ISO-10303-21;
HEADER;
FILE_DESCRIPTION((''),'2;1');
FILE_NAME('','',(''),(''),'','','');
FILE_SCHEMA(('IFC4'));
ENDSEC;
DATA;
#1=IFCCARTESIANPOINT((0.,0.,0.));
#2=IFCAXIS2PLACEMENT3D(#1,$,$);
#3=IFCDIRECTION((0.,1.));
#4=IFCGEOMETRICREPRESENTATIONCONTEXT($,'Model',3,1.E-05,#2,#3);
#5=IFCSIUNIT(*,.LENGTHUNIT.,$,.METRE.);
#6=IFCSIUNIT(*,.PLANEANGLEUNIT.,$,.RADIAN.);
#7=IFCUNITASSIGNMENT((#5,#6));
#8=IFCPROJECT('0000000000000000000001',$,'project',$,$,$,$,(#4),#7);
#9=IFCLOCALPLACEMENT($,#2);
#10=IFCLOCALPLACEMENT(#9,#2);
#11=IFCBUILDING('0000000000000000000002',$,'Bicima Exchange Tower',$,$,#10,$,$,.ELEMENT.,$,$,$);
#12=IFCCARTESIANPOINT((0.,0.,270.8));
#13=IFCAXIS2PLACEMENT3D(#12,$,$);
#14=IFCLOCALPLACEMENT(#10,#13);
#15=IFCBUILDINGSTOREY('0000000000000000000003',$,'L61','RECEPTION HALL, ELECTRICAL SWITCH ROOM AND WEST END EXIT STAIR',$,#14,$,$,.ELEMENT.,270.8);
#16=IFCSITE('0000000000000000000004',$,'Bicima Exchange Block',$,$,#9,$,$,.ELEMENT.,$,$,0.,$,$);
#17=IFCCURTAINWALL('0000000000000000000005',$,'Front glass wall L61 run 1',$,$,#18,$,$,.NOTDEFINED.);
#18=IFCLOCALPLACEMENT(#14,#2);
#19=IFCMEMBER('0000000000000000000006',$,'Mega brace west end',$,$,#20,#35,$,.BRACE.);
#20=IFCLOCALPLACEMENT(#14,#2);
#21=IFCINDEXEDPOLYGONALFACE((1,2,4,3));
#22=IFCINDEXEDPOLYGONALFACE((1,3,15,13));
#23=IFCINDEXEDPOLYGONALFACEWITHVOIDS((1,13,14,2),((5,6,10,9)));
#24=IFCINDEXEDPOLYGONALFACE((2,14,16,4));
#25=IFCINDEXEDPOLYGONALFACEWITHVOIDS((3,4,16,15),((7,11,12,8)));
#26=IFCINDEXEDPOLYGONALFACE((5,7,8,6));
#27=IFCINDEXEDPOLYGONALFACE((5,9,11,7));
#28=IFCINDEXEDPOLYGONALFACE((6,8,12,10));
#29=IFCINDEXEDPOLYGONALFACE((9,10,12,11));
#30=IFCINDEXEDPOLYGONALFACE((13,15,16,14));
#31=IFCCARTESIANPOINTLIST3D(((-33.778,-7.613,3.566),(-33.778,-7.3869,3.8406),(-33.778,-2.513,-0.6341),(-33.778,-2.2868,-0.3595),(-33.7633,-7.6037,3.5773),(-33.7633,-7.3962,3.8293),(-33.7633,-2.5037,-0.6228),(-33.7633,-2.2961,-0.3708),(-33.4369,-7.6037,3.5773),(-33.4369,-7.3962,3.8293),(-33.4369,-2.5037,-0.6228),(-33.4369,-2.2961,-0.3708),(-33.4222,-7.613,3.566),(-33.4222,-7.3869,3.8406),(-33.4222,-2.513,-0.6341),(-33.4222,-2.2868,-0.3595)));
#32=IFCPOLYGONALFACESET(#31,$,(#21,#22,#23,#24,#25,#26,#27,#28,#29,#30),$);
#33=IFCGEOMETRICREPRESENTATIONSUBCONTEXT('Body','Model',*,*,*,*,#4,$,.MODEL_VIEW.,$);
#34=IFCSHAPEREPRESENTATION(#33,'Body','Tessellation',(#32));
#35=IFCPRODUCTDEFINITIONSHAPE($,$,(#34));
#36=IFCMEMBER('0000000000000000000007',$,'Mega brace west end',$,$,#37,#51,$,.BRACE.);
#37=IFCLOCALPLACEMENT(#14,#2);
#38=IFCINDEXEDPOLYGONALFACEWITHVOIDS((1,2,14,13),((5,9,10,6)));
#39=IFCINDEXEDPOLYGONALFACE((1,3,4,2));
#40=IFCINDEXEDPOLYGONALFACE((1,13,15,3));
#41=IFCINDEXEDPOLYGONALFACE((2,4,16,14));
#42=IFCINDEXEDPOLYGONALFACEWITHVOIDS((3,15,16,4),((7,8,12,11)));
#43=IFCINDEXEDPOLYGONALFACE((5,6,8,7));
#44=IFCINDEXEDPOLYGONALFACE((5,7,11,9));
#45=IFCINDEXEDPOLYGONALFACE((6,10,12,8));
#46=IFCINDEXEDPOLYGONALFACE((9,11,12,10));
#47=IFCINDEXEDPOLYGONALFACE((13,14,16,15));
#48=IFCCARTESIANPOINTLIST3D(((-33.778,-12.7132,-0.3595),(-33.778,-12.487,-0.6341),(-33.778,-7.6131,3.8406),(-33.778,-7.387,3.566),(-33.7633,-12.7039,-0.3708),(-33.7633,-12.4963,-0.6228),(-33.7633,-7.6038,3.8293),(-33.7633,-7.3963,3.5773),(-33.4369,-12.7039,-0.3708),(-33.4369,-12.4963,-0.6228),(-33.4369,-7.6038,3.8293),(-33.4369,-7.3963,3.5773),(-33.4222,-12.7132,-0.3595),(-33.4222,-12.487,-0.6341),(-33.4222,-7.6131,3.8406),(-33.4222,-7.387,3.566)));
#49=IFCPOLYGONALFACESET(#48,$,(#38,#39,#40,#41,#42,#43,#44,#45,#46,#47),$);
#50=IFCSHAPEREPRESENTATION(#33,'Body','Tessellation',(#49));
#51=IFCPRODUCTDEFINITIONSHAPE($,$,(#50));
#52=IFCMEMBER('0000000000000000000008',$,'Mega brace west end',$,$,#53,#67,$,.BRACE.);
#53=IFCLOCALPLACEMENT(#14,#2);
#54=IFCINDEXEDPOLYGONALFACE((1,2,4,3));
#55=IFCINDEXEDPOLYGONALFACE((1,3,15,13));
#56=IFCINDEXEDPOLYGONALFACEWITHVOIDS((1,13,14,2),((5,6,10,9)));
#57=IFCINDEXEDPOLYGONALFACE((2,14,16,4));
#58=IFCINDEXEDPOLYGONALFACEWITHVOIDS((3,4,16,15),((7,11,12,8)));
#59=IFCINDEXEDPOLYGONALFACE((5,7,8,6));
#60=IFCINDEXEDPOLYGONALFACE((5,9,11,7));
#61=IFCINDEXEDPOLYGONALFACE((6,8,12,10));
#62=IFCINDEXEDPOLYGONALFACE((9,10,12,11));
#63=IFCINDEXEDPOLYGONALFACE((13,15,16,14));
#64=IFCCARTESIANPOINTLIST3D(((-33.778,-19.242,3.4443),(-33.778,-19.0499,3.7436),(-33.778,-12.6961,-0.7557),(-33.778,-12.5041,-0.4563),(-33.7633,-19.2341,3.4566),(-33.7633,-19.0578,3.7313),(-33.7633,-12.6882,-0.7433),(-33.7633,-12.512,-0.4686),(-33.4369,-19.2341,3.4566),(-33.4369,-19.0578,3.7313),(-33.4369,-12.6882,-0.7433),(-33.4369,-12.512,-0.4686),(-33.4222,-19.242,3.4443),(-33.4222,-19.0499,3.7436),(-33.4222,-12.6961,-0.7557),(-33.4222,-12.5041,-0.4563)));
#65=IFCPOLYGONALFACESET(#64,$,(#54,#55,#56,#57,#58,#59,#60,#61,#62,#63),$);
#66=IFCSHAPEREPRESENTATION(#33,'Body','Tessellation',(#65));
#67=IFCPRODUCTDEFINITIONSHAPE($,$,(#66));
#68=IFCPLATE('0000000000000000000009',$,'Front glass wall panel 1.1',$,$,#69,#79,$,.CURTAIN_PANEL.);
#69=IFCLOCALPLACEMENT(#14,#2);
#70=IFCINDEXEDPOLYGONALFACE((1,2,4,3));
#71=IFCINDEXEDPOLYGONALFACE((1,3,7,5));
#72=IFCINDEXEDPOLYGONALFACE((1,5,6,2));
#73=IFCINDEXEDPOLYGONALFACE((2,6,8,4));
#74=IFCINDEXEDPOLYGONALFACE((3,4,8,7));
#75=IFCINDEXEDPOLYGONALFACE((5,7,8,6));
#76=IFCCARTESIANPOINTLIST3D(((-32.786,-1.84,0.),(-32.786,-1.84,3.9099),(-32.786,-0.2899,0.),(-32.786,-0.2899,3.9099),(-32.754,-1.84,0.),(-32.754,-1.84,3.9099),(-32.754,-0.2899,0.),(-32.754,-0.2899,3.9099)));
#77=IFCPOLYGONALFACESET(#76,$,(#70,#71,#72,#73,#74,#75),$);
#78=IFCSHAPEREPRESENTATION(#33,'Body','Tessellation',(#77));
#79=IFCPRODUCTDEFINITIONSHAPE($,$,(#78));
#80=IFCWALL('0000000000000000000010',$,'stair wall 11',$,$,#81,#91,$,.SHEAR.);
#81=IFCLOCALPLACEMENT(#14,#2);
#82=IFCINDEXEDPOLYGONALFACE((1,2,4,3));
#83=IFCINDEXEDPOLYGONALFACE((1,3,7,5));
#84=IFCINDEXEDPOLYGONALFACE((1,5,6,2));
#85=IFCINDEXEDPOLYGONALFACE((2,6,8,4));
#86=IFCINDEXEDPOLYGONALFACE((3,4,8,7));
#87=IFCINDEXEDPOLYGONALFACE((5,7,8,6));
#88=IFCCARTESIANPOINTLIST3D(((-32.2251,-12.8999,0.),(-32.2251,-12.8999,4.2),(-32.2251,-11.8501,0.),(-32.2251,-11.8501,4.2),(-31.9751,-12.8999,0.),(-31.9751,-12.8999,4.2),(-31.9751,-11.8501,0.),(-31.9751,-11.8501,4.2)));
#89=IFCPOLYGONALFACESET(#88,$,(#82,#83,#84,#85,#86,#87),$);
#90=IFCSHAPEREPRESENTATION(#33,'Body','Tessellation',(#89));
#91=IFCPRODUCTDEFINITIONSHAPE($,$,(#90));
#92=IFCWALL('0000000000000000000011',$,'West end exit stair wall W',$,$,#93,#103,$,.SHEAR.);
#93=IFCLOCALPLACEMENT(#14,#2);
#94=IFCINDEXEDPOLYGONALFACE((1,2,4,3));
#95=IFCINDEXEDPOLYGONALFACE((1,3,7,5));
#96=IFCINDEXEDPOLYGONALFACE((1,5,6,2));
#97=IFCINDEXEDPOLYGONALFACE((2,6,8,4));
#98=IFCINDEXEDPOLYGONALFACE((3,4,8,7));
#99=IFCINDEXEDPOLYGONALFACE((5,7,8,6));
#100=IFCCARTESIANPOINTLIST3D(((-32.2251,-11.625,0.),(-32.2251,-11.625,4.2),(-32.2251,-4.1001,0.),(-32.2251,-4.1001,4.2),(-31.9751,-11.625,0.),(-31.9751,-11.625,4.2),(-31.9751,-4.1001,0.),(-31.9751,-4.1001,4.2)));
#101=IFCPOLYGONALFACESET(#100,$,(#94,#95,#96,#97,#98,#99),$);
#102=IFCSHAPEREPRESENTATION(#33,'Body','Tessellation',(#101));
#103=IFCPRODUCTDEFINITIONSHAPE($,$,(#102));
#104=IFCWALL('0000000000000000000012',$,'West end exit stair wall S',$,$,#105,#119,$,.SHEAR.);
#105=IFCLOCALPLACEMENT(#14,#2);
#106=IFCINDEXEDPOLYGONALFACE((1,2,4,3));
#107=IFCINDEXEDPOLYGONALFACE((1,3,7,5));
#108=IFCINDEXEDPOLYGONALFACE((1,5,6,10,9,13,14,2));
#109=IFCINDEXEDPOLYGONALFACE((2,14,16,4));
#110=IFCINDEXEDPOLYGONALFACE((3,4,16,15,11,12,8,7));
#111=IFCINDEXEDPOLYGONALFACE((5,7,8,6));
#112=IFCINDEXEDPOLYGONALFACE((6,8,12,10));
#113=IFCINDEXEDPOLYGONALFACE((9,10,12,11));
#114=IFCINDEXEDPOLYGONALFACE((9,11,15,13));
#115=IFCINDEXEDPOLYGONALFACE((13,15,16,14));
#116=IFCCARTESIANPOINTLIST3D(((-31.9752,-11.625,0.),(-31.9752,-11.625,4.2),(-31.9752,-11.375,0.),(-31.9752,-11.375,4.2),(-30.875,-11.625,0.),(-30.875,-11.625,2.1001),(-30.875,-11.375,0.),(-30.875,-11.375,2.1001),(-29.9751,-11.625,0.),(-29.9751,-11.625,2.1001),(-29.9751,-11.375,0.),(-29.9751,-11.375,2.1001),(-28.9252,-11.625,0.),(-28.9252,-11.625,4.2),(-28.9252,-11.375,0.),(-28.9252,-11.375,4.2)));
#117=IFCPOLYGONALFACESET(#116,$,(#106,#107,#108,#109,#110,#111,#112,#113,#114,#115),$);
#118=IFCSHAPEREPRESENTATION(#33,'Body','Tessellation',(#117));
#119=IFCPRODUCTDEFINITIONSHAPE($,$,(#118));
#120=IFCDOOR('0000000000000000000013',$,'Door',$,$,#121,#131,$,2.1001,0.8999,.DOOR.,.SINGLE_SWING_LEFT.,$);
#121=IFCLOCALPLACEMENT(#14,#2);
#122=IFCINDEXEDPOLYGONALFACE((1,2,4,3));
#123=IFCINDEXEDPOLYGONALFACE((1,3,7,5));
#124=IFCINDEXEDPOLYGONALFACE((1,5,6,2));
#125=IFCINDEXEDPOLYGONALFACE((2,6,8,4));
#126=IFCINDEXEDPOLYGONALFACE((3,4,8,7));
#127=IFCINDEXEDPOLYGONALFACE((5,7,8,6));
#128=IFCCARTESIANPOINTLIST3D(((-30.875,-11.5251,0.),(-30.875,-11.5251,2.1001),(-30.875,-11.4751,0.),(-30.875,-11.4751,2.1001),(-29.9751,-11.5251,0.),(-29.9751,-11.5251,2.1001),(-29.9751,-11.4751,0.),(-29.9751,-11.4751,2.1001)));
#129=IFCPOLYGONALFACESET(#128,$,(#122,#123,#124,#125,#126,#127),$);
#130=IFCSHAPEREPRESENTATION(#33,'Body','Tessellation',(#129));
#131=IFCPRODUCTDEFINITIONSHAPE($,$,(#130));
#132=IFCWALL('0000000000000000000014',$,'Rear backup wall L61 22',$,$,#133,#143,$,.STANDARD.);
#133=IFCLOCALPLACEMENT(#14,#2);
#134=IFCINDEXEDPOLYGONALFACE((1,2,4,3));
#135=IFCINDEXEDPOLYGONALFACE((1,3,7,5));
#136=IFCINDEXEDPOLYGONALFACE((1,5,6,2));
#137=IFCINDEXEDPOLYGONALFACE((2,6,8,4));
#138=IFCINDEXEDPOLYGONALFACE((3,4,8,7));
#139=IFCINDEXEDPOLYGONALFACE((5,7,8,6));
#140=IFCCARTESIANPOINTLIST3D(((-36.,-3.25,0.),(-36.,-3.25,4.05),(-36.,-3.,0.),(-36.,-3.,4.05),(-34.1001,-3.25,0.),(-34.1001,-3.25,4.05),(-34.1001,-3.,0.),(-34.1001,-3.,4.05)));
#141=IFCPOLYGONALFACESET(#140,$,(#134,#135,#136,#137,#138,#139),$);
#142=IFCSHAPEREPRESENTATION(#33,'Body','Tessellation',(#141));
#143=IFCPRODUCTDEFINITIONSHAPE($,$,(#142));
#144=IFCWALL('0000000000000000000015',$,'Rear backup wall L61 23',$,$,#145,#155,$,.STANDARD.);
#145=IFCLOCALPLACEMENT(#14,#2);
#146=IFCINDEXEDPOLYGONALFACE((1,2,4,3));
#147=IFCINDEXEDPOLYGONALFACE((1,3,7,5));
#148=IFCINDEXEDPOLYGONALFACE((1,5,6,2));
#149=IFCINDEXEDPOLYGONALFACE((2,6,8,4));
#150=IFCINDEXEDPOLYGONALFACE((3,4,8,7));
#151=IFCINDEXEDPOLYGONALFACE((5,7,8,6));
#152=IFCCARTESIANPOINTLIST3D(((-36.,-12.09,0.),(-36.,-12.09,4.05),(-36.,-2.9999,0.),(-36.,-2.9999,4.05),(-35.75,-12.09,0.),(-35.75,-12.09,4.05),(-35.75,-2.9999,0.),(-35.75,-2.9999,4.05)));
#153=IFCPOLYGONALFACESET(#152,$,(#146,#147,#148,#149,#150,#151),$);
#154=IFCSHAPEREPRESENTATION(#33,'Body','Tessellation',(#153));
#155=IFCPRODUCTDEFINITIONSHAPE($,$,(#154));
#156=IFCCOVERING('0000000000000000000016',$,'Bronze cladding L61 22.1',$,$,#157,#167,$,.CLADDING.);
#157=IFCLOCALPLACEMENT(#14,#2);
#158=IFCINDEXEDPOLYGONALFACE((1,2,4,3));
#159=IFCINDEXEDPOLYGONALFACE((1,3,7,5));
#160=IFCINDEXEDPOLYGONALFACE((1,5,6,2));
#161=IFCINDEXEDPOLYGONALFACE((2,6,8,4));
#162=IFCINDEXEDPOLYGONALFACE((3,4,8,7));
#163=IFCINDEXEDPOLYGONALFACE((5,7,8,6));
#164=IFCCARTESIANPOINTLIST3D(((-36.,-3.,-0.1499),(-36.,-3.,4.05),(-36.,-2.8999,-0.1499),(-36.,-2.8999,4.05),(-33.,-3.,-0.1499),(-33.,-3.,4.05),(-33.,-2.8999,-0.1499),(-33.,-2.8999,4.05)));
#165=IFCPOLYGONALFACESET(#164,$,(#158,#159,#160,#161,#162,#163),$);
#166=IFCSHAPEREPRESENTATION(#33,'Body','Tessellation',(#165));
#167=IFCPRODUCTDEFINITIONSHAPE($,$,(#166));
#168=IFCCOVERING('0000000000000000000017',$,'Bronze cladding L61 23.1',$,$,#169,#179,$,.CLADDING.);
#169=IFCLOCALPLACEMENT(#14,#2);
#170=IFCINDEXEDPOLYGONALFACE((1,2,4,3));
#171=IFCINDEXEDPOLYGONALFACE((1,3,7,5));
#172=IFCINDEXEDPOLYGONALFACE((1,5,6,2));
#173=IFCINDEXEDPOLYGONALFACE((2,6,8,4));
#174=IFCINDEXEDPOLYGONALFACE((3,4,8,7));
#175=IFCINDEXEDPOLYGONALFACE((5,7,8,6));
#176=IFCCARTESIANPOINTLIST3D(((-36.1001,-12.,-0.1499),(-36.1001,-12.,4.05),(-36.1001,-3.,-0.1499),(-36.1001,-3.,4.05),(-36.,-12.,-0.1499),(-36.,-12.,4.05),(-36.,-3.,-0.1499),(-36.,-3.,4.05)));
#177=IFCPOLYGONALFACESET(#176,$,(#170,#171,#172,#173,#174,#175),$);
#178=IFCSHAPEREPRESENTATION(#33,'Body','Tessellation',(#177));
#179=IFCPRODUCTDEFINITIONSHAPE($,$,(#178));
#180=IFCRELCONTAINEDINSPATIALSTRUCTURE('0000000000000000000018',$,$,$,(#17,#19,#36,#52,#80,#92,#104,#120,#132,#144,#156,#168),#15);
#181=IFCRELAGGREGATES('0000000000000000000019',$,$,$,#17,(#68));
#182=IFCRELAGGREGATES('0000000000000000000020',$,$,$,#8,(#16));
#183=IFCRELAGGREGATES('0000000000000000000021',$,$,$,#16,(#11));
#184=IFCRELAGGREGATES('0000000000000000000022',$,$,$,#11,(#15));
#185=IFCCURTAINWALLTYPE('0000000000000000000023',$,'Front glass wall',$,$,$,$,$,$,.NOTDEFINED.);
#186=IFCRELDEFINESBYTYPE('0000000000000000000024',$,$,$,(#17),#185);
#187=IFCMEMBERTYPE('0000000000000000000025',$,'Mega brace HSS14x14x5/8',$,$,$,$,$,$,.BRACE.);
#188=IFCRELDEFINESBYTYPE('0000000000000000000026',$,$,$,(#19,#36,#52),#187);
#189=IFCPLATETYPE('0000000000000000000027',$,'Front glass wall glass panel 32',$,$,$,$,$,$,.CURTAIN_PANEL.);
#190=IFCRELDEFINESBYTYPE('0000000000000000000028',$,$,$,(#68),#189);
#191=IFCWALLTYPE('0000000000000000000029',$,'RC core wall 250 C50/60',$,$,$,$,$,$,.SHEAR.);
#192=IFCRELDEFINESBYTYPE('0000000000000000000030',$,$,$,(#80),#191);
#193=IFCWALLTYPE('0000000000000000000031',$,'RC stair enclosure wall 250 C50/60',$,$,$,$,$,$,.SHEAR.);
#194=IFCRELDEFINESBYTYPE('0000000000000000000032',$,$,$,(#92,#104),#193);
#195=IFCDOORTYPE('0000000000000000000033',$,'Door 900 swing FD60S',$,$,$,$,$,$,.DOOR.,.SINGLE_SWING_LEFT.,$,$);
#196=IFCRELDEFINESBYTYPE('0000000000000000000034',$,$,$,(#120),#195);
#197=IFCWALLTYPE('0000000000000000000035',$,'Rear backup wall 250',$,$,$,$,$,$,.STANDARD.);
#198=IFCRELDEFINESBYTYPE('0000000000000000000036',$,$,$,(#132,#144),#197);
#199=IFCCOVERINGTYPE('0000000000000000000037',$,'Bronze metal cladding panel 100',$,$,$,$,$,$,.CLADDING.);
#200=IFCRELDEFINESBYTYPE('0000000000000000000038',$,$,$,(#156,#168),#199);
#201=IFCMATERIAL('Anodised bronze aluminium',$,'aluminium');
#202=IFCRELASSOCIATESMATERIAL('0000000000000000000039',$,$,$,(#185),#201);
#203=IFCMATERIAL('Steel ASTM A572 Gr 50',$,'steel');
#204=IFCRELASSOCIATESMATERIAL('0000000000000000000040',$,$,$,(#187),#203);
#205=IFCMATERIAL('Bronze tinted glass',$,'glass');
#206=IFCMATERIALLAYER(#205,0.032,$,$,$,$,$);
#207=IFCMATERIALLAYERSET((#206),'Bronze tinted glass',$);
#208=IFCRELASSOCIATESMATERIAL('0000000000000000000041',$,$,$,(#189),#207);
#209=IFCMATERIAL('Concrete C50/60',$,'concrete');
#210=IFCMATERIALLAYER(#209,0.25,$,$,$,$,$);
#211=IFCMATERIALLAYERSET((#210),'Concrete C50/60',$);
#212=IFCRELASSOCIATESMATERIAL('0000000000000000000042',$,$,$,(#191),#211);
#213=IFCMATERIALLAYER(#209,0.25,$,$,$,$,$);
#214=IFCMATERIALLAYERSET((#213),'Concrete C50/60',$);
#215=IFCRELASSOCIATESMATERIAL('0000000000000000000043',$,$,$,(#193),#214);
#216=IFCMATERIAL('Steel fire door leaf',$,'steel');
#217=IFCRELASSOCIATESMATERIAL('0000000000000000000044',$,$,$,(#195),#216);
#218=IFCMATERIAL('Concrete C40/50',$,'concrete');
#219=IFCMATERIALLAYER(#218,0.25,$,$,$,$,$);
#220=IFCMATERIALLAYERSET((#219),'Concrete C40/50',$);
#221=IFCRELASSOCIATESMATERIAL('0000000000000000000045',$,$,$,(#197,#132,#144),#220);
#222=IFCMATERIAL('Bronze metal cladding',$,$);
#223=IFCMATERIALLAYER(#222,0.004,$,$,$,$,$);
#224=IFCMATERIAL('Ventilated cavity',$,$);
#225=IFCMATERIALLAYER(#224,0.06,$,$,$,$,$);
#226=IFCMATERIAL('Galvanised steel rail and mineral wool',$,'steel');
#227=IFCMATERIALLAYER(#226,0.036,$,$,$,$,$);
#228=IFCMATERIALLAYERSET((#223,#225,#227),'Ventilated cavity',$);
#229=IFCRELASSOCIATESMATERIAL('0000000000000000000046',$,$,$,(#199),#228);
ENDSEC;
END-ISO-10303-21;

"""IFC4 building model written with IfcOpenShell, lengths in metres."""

from ifc_helpers import new_model, si_unit, direction, frame, frame_2d, origin, origin_2d, place, context, subcontext, project, spatial, rectangle, hollow_rectangle, extrude, material, layer, layer_set, layer_usage, material_profile, profile_set, type_object, element, fill, aggregate, save


model = new_model("IFC4")

# Units and contexts
model_context = context("Model", 3, precision=1e-05, world=origin(), true_north=direction((0.0, 1.0)))
body_context = subcontext(model_context, "Body", "Model", "MODEL_VIEW")
ifc_project = project(units=[si_unit("LENGTHUNIT", "METRE"), si_unit("PLANEANGLEUNIT", "RADIAN")], contexts=[model_context])

# Site, building, storey
site_placement = place(None, origin())
site = spatial("IfcSite", under=ifc_project, at=site_placement, Name="Bicima Exchange Block", CompositionType="ELEMENT", RefElevation=0.0)
building_placement = place(site_placement, origin())
building = spatial("IfcBuilding", under=site, at=building_placement, Name="Bicima Exchange Tower", CompositionType="ELEMENT")
storey_placement = place(building_placement, frame((0.0, 0.0, 270.8)))
storey = spatial("IfcBuildingStorey", under=building, at=storey_placement, Name="L61", Description="RECEPTION HALL, ELECTRICAL SWITCH ROOM AND WEST END EXIT STAIR", CompositionType="ELEMENT", Elevation=270.8)

# Shared definitions
ifc_material_1 = material(Name="Steel ASTM A572 Gr 50", Category="steel")

# Shared definitions
ifc_material_2 = material(Name="Anodised bronze aluminium", Category="aluminium")

# Curtain wall
curtain_wall_type_1 = type_object("IfcCurtainWallType", Name="Front glass wall", PredefinedType="NOTDEFINED", material=ifc_material_2)
curtain_wall_1_placement = place(storey_placement, origin())
curtain_wall_1 = element("IfcCurtainWall", 1, at=curtain_wall_1_placement, inside=storey, type_object=curtain_wall_type_1, Name="Front glass wall L61 run 1", PredefinedType="NOTDEFINED")

# Members
ifc_material_profile_1 = material_profile(ifc_material_1, hollow_rectangle(XDim=0.3557, YDim=0.3557, WallThickness=0.0146, at=origin_2d()))
ifc_profile_set_1 = profile_set([ifc_material_profile_1], Name="Steel ASTM A572 Gr 50")
member_type_1 = type_object("IfcMemberType", Name="Mega brace HSS14x14x5/8", PredefinedType="BRACE", material=ifc_profile_set_1)
for number, where, z_axis, x_axis, name in (
    (2, (-33.6001, -2.3999, -0.4968), (0.0, -0.771922, 0.635718), (1.0, 0.0, 0.0), "Mega brace west end"),
    (3, (-33.6001, -12.6001, -0.4968), (0.0, 0.771922, 0.635718), (-1.0, 0.0, 0.0), "Mega brace west end"),
):
    element("IfcMember", number, at=place(storey_placement, frame(where, z_axis=z_axis, x_axis=x_axis)), inside=storey, type_object=member_type_1, Name=name, PredefinedType="BRACE", context=body_context, shape_type="SweptSolid", body=[
        extrude(hollow_rectangle(XDim=0.3557, YDim=0.3557, WallThickness=0.0146, at=origin_2d()), origin(), (0.0, 0.0, 1.0), 6.6069),
    ])
member_1_placement = place(storey_placement, frame((-33.6001, -12.6001, -0.606), z_axis=(0.0, -0.841653, 0.540018), x_axis=(1.0, 0.0, 0.0)))
element("IfcMember", 4, at=member_1_placement, inside=storey, type_object=member_type_1, Name="Mega brace west end", PredefinedType="BRACE", context=body_context, shape_type="SweptSolid", body=[
    extrude(hollow_rectangle(XDim=0.3557, YDim=0.3557, WallThickness=0.0146, at=origin_2d()), origin(), (0.0, 0.0, 1.0), 7.7773),
])

# Plate
ifc_material_3 = material(Name="Bronze tinted glass", Category="glass")
ifc_layer_1 = layer(ifc_material_3, 0.032)
ifc_layer_set_1 = layer_set([ifc_layer_1], Name="Bronze tinted glass")
plate_type = type_object("IfcPlateType", Name="Front glass wall glass panel 32", PredefinedType="CURTAIN_PANEL", material=ifc_layer_set_1)
plate_placement = place(storey_placement, frame((-32.77, -1.0649, 0.0), z_axis=(0.0, 0.0, 1.0), x_axis=(0.0, -1.0, 0.0)))
plate = element("IfcPlate", 5, at=plate_placement, type_object=plate_type, Name="Front glass wall panel 1.1", PredefinedType="CURTAIN_PANEL", context=body_context, shape_type="SweptSolid", body=[
    extrude(rectangle(XDim=1.55, YDim=0.032, at=origin_2d()), origin(), (0.0, 0.0, 1.0), 3.9099),
])
aggregate(curtain_wall_1, [plate])

# Walls
ifc_material_4 = material(Name="Concrete C50/60", Category="concrete")
ifc_layer_2 = layer(ifc_material_4, 0.25)
ifc_layer_set_2 = layer_set([ifc_layer_2], Name="Concrete C50/60")
wall_type_1 = type_object("IfcWallType", Name="RC core wall 250 C50/60", PredefinedType="SHEAR", material=ifc_layer_set_2)
wall_1_placement = place(storey_placement, frame((-32.1001, -12.8999, 0.0), z_axis=(0.0, 0.0, 1.0), x_axis=(0.0, 1.0, 0.0)))
element("IfcWall", 6, at=wall_1_placement, inside=storey, type_object=wall_type_1, Name="stair wall 11", PredefinedType="SHEAR", context=body_context, shape_type="SweptSolid", body=[
    extrude(rectangle(XDim=1.0498, YDim=0.25, at=frame_2d((0.5249, 0.0))), origin(), (0.0, 0.0, 1.0), 4.2),
])
ifc_layer_3 = layer(ifc_material_4, 0.25)
ifc_layer_set_3 = layer_set([ifc_layer_3], Name="Concrete C50/60")
wall_type_2 = type_object("IfcWallType", Name="RC stair enclosure wall 250 C50/60", PredefinedType="SHEAR", material=ifc_layer_set_3)
wall_2_placement = place(storey_placement, frame((-32.1001, -11.625, 0.0), z_axis=(0.0, 0.0, 1.0), x_axis=(0.0, 1.0, 0.0)))
element("IfcWall", 7, at=wall_2_placement, inside=storey, type_object=wall_type_2, Name="West end exit stair wall W", PredefinedType="SHEAR", context=body_context, shape_type="SweptSolid", body=[
    extrude(rectangle(XDim=7.5249, YDim=0.25, at=frame_2d((3.7625, 0.0))), origin(), (0.0, 0.0, 1.0), 4.2),
])

# Wall, opening, door
wall_3_placement = place(storey_placement, frame((-31.9751, -11.5, 0.0), z_axis=(0.0, 0.0, 1.0), x_axis=(1.0, 0.0, 0.0)))
wall_3 = element("IfcWall", 8, at=wall_3_placement, inside=storey, type_object=wall_type_2, Name="West end exit stair wall S", PredefinedType="SHEAR", context=body_context, shape_type="SweptSolid", body=[
    extrude(rectangle(XDim=3.05, YDim=0.25, at=frame_2d((1.5249, 0.0))), origin(), (0.0, 0.0, 1.0), 4.2),
])
opening_placement = place(wall_3_placement, frame((1.1001, 0.0, 0.0)))
opening = element("IfcOpeningElement", 9, at=opening_placement, cuts=wall_3, PredefinedType="OPENING", context=body_context, shape_type="SweptSolid", body=[
    extrude(rectangle(XDim=0.8999, YDim=2.1001, at=frame_2d((0.45, 1.05))), frame((0.0, 0.137, 0.0), z_axis=(0.0, -1.0, 0.0), x_axis=(1.0, 0.0, 0.0)), (0.0, 0.0, 1.0), 0.2739),
])
ifc_material_5 = material(Name="Steel fire door leaf", Category="steel")
door_type = type_object("IfcDoorType", Name="Door 900 swing FD60S", OperationType="SINGLE_SWING_LEFT", PredefinedType="DOOR", material=ifc_material_5)
door_placement = place(opening_placement, origin())
door = element("IfcDoor", 10, at=door_placement, inside=storey, type_object=door_type, Name="Door", OperationType="SINGLE_SWING_LEFT", OverallHeight=2.1001, OverallWidth=0.8999, PredefinedType="DOOR", context=body_context, shape_type="SweptSolid", body=[
    extrude(rectangle(XDim=0.8999, YDim=2.1001, at=frame_2d((0.45, 1.05))), frame((0.0, 0.0249, 0.0), z_axis=(0.0, -1.0, 0.0), x_axis=(1.0, 0.0, 0.0)), (0.0, 0.0, 1.0), 0.05),
])
fill(opening, door)

# Walls
ifc_material_6 = material(Name="Concrete C40/50", Category="concrete")
ifc_layer_4 = layer(ifc_material_6, 0.25)
ifc_layer_set_4 = layer_set([ifc_layer_4], Name="Concrete C40/50")
ifc_layer_usage = layer_usage(ifc_layer_set_4, "AXIS2", "POSITIVE", -0.125)
wall_type_3 = type_object("IfcWallType", Name="Rear backup wall 250", PredefinedType="STANDARD", material=ifc_layer_set_4)
wall_4_placement = place(storey_placement, frame((-34.1001, -3.125, 0.0), z_axis=(0.0, 0.0, 1.0), x_axis=(-1.0, 0.0, 0.0)))
element("IfcWall", 11, at=wall_4_placement, inside=storey, type_object=wall_type_3, material=ifc_layer_usage, Name="Rear backup wall L61 22", PredefinedType="STANDARD", context=body_context, shape_type="SweptSolid", body=[
    extrude(rectangle(XDim=1.8999, YDim=0.25, at=frame_2d((0.95, 0.0))), origin(), (0.0, 0.0, 1.0), 4.05),
])
wall_5_placement = place(storey_placement, frame((-35.875, -3.0, 0.0), z_axis=(0.0, 0.0, 1.0), x_axis=(0.0, -1.0, 0.0)))
element("IfcWall", 12, at=wall_5_placement, inside=storey, type_object=wall_type_3, material=ifc_layer_usage, Name="Rear backup wall L61 23", PredefinedType="STANDARD", context=body_context, shape_type="SweptSolid", body=[
    extrude(rectangle(XDim=9.0901, YDim=0.25, at=frame_2d((4.5449, 0.0))), origin(), (0.0, 0.0, 1.0), 4.05),
])

# Coverings
ifc_material_7 = material(Name="Bronze metal cladding")
ifc_layer_5 = layer(ifc_material_7, 0.004)
ifc_material_8 = material(Name="Ventilated cavity")
ifc_layer_6 = layer(ifc_material_8, 0.06)
ifc_material_9 = material(Name="Galvanised steel rail and mineral wool", Category="steel")
ifc_layer_7 = layer(ifc_material_9, 0.036)
ifc_layer_set_5 = layer_set([ifc_layer_5, ifc_layer_6, ifc_layer_7], Name="Ventilated cavity")
covering_type = type_object("IfcCoveringType", Name="Bronze metal cladding panel 100", PredefinedType="CLADDING", material=ifc_layer_set_5)
covering_1_placement = place(storey_placement, frame((-34.5, -2.95, -0.1499), z_axis=(0.0, 0.0, 1.0), x_axis=(-1.0, 0.0, 0.0)))
element("IfcCovering", 13, at=covering_1_placement, inside=storey, type_object=covering_type, Name="Bronze cladding L61 22.1", PredefinedType="CLADDING", context=body_context, shape_type="SweptSolid", body=[
    extrude(rectangle(XDim=3.0, YDim=0.1001, at=origin_2d()), origin(), (0.0, 0.0, 1.0), 4.2),
])
covering_2_placement = place(storey_placement, frame((-36.05, -7.5, -0.1499), z_axis=(0.0, 0.0, 1.0), x_axis=(0.0, -1.0, 0.0)))
element("IfcCovering", 14, at=covering_2_placement, inside=storey, type_object=covering_type, Name="Bronze cladding L61 23.1", PredefinedType="CLADDING", context=body_context, shape_type="SweptSolid", body=[
    extrude(rectangle(XDim=9.0, YDim=0.1001, at=origin_2d()), origin(), (0.0, 0.0, 1.0), 4.2),
])

save(model, "model.ifc")
